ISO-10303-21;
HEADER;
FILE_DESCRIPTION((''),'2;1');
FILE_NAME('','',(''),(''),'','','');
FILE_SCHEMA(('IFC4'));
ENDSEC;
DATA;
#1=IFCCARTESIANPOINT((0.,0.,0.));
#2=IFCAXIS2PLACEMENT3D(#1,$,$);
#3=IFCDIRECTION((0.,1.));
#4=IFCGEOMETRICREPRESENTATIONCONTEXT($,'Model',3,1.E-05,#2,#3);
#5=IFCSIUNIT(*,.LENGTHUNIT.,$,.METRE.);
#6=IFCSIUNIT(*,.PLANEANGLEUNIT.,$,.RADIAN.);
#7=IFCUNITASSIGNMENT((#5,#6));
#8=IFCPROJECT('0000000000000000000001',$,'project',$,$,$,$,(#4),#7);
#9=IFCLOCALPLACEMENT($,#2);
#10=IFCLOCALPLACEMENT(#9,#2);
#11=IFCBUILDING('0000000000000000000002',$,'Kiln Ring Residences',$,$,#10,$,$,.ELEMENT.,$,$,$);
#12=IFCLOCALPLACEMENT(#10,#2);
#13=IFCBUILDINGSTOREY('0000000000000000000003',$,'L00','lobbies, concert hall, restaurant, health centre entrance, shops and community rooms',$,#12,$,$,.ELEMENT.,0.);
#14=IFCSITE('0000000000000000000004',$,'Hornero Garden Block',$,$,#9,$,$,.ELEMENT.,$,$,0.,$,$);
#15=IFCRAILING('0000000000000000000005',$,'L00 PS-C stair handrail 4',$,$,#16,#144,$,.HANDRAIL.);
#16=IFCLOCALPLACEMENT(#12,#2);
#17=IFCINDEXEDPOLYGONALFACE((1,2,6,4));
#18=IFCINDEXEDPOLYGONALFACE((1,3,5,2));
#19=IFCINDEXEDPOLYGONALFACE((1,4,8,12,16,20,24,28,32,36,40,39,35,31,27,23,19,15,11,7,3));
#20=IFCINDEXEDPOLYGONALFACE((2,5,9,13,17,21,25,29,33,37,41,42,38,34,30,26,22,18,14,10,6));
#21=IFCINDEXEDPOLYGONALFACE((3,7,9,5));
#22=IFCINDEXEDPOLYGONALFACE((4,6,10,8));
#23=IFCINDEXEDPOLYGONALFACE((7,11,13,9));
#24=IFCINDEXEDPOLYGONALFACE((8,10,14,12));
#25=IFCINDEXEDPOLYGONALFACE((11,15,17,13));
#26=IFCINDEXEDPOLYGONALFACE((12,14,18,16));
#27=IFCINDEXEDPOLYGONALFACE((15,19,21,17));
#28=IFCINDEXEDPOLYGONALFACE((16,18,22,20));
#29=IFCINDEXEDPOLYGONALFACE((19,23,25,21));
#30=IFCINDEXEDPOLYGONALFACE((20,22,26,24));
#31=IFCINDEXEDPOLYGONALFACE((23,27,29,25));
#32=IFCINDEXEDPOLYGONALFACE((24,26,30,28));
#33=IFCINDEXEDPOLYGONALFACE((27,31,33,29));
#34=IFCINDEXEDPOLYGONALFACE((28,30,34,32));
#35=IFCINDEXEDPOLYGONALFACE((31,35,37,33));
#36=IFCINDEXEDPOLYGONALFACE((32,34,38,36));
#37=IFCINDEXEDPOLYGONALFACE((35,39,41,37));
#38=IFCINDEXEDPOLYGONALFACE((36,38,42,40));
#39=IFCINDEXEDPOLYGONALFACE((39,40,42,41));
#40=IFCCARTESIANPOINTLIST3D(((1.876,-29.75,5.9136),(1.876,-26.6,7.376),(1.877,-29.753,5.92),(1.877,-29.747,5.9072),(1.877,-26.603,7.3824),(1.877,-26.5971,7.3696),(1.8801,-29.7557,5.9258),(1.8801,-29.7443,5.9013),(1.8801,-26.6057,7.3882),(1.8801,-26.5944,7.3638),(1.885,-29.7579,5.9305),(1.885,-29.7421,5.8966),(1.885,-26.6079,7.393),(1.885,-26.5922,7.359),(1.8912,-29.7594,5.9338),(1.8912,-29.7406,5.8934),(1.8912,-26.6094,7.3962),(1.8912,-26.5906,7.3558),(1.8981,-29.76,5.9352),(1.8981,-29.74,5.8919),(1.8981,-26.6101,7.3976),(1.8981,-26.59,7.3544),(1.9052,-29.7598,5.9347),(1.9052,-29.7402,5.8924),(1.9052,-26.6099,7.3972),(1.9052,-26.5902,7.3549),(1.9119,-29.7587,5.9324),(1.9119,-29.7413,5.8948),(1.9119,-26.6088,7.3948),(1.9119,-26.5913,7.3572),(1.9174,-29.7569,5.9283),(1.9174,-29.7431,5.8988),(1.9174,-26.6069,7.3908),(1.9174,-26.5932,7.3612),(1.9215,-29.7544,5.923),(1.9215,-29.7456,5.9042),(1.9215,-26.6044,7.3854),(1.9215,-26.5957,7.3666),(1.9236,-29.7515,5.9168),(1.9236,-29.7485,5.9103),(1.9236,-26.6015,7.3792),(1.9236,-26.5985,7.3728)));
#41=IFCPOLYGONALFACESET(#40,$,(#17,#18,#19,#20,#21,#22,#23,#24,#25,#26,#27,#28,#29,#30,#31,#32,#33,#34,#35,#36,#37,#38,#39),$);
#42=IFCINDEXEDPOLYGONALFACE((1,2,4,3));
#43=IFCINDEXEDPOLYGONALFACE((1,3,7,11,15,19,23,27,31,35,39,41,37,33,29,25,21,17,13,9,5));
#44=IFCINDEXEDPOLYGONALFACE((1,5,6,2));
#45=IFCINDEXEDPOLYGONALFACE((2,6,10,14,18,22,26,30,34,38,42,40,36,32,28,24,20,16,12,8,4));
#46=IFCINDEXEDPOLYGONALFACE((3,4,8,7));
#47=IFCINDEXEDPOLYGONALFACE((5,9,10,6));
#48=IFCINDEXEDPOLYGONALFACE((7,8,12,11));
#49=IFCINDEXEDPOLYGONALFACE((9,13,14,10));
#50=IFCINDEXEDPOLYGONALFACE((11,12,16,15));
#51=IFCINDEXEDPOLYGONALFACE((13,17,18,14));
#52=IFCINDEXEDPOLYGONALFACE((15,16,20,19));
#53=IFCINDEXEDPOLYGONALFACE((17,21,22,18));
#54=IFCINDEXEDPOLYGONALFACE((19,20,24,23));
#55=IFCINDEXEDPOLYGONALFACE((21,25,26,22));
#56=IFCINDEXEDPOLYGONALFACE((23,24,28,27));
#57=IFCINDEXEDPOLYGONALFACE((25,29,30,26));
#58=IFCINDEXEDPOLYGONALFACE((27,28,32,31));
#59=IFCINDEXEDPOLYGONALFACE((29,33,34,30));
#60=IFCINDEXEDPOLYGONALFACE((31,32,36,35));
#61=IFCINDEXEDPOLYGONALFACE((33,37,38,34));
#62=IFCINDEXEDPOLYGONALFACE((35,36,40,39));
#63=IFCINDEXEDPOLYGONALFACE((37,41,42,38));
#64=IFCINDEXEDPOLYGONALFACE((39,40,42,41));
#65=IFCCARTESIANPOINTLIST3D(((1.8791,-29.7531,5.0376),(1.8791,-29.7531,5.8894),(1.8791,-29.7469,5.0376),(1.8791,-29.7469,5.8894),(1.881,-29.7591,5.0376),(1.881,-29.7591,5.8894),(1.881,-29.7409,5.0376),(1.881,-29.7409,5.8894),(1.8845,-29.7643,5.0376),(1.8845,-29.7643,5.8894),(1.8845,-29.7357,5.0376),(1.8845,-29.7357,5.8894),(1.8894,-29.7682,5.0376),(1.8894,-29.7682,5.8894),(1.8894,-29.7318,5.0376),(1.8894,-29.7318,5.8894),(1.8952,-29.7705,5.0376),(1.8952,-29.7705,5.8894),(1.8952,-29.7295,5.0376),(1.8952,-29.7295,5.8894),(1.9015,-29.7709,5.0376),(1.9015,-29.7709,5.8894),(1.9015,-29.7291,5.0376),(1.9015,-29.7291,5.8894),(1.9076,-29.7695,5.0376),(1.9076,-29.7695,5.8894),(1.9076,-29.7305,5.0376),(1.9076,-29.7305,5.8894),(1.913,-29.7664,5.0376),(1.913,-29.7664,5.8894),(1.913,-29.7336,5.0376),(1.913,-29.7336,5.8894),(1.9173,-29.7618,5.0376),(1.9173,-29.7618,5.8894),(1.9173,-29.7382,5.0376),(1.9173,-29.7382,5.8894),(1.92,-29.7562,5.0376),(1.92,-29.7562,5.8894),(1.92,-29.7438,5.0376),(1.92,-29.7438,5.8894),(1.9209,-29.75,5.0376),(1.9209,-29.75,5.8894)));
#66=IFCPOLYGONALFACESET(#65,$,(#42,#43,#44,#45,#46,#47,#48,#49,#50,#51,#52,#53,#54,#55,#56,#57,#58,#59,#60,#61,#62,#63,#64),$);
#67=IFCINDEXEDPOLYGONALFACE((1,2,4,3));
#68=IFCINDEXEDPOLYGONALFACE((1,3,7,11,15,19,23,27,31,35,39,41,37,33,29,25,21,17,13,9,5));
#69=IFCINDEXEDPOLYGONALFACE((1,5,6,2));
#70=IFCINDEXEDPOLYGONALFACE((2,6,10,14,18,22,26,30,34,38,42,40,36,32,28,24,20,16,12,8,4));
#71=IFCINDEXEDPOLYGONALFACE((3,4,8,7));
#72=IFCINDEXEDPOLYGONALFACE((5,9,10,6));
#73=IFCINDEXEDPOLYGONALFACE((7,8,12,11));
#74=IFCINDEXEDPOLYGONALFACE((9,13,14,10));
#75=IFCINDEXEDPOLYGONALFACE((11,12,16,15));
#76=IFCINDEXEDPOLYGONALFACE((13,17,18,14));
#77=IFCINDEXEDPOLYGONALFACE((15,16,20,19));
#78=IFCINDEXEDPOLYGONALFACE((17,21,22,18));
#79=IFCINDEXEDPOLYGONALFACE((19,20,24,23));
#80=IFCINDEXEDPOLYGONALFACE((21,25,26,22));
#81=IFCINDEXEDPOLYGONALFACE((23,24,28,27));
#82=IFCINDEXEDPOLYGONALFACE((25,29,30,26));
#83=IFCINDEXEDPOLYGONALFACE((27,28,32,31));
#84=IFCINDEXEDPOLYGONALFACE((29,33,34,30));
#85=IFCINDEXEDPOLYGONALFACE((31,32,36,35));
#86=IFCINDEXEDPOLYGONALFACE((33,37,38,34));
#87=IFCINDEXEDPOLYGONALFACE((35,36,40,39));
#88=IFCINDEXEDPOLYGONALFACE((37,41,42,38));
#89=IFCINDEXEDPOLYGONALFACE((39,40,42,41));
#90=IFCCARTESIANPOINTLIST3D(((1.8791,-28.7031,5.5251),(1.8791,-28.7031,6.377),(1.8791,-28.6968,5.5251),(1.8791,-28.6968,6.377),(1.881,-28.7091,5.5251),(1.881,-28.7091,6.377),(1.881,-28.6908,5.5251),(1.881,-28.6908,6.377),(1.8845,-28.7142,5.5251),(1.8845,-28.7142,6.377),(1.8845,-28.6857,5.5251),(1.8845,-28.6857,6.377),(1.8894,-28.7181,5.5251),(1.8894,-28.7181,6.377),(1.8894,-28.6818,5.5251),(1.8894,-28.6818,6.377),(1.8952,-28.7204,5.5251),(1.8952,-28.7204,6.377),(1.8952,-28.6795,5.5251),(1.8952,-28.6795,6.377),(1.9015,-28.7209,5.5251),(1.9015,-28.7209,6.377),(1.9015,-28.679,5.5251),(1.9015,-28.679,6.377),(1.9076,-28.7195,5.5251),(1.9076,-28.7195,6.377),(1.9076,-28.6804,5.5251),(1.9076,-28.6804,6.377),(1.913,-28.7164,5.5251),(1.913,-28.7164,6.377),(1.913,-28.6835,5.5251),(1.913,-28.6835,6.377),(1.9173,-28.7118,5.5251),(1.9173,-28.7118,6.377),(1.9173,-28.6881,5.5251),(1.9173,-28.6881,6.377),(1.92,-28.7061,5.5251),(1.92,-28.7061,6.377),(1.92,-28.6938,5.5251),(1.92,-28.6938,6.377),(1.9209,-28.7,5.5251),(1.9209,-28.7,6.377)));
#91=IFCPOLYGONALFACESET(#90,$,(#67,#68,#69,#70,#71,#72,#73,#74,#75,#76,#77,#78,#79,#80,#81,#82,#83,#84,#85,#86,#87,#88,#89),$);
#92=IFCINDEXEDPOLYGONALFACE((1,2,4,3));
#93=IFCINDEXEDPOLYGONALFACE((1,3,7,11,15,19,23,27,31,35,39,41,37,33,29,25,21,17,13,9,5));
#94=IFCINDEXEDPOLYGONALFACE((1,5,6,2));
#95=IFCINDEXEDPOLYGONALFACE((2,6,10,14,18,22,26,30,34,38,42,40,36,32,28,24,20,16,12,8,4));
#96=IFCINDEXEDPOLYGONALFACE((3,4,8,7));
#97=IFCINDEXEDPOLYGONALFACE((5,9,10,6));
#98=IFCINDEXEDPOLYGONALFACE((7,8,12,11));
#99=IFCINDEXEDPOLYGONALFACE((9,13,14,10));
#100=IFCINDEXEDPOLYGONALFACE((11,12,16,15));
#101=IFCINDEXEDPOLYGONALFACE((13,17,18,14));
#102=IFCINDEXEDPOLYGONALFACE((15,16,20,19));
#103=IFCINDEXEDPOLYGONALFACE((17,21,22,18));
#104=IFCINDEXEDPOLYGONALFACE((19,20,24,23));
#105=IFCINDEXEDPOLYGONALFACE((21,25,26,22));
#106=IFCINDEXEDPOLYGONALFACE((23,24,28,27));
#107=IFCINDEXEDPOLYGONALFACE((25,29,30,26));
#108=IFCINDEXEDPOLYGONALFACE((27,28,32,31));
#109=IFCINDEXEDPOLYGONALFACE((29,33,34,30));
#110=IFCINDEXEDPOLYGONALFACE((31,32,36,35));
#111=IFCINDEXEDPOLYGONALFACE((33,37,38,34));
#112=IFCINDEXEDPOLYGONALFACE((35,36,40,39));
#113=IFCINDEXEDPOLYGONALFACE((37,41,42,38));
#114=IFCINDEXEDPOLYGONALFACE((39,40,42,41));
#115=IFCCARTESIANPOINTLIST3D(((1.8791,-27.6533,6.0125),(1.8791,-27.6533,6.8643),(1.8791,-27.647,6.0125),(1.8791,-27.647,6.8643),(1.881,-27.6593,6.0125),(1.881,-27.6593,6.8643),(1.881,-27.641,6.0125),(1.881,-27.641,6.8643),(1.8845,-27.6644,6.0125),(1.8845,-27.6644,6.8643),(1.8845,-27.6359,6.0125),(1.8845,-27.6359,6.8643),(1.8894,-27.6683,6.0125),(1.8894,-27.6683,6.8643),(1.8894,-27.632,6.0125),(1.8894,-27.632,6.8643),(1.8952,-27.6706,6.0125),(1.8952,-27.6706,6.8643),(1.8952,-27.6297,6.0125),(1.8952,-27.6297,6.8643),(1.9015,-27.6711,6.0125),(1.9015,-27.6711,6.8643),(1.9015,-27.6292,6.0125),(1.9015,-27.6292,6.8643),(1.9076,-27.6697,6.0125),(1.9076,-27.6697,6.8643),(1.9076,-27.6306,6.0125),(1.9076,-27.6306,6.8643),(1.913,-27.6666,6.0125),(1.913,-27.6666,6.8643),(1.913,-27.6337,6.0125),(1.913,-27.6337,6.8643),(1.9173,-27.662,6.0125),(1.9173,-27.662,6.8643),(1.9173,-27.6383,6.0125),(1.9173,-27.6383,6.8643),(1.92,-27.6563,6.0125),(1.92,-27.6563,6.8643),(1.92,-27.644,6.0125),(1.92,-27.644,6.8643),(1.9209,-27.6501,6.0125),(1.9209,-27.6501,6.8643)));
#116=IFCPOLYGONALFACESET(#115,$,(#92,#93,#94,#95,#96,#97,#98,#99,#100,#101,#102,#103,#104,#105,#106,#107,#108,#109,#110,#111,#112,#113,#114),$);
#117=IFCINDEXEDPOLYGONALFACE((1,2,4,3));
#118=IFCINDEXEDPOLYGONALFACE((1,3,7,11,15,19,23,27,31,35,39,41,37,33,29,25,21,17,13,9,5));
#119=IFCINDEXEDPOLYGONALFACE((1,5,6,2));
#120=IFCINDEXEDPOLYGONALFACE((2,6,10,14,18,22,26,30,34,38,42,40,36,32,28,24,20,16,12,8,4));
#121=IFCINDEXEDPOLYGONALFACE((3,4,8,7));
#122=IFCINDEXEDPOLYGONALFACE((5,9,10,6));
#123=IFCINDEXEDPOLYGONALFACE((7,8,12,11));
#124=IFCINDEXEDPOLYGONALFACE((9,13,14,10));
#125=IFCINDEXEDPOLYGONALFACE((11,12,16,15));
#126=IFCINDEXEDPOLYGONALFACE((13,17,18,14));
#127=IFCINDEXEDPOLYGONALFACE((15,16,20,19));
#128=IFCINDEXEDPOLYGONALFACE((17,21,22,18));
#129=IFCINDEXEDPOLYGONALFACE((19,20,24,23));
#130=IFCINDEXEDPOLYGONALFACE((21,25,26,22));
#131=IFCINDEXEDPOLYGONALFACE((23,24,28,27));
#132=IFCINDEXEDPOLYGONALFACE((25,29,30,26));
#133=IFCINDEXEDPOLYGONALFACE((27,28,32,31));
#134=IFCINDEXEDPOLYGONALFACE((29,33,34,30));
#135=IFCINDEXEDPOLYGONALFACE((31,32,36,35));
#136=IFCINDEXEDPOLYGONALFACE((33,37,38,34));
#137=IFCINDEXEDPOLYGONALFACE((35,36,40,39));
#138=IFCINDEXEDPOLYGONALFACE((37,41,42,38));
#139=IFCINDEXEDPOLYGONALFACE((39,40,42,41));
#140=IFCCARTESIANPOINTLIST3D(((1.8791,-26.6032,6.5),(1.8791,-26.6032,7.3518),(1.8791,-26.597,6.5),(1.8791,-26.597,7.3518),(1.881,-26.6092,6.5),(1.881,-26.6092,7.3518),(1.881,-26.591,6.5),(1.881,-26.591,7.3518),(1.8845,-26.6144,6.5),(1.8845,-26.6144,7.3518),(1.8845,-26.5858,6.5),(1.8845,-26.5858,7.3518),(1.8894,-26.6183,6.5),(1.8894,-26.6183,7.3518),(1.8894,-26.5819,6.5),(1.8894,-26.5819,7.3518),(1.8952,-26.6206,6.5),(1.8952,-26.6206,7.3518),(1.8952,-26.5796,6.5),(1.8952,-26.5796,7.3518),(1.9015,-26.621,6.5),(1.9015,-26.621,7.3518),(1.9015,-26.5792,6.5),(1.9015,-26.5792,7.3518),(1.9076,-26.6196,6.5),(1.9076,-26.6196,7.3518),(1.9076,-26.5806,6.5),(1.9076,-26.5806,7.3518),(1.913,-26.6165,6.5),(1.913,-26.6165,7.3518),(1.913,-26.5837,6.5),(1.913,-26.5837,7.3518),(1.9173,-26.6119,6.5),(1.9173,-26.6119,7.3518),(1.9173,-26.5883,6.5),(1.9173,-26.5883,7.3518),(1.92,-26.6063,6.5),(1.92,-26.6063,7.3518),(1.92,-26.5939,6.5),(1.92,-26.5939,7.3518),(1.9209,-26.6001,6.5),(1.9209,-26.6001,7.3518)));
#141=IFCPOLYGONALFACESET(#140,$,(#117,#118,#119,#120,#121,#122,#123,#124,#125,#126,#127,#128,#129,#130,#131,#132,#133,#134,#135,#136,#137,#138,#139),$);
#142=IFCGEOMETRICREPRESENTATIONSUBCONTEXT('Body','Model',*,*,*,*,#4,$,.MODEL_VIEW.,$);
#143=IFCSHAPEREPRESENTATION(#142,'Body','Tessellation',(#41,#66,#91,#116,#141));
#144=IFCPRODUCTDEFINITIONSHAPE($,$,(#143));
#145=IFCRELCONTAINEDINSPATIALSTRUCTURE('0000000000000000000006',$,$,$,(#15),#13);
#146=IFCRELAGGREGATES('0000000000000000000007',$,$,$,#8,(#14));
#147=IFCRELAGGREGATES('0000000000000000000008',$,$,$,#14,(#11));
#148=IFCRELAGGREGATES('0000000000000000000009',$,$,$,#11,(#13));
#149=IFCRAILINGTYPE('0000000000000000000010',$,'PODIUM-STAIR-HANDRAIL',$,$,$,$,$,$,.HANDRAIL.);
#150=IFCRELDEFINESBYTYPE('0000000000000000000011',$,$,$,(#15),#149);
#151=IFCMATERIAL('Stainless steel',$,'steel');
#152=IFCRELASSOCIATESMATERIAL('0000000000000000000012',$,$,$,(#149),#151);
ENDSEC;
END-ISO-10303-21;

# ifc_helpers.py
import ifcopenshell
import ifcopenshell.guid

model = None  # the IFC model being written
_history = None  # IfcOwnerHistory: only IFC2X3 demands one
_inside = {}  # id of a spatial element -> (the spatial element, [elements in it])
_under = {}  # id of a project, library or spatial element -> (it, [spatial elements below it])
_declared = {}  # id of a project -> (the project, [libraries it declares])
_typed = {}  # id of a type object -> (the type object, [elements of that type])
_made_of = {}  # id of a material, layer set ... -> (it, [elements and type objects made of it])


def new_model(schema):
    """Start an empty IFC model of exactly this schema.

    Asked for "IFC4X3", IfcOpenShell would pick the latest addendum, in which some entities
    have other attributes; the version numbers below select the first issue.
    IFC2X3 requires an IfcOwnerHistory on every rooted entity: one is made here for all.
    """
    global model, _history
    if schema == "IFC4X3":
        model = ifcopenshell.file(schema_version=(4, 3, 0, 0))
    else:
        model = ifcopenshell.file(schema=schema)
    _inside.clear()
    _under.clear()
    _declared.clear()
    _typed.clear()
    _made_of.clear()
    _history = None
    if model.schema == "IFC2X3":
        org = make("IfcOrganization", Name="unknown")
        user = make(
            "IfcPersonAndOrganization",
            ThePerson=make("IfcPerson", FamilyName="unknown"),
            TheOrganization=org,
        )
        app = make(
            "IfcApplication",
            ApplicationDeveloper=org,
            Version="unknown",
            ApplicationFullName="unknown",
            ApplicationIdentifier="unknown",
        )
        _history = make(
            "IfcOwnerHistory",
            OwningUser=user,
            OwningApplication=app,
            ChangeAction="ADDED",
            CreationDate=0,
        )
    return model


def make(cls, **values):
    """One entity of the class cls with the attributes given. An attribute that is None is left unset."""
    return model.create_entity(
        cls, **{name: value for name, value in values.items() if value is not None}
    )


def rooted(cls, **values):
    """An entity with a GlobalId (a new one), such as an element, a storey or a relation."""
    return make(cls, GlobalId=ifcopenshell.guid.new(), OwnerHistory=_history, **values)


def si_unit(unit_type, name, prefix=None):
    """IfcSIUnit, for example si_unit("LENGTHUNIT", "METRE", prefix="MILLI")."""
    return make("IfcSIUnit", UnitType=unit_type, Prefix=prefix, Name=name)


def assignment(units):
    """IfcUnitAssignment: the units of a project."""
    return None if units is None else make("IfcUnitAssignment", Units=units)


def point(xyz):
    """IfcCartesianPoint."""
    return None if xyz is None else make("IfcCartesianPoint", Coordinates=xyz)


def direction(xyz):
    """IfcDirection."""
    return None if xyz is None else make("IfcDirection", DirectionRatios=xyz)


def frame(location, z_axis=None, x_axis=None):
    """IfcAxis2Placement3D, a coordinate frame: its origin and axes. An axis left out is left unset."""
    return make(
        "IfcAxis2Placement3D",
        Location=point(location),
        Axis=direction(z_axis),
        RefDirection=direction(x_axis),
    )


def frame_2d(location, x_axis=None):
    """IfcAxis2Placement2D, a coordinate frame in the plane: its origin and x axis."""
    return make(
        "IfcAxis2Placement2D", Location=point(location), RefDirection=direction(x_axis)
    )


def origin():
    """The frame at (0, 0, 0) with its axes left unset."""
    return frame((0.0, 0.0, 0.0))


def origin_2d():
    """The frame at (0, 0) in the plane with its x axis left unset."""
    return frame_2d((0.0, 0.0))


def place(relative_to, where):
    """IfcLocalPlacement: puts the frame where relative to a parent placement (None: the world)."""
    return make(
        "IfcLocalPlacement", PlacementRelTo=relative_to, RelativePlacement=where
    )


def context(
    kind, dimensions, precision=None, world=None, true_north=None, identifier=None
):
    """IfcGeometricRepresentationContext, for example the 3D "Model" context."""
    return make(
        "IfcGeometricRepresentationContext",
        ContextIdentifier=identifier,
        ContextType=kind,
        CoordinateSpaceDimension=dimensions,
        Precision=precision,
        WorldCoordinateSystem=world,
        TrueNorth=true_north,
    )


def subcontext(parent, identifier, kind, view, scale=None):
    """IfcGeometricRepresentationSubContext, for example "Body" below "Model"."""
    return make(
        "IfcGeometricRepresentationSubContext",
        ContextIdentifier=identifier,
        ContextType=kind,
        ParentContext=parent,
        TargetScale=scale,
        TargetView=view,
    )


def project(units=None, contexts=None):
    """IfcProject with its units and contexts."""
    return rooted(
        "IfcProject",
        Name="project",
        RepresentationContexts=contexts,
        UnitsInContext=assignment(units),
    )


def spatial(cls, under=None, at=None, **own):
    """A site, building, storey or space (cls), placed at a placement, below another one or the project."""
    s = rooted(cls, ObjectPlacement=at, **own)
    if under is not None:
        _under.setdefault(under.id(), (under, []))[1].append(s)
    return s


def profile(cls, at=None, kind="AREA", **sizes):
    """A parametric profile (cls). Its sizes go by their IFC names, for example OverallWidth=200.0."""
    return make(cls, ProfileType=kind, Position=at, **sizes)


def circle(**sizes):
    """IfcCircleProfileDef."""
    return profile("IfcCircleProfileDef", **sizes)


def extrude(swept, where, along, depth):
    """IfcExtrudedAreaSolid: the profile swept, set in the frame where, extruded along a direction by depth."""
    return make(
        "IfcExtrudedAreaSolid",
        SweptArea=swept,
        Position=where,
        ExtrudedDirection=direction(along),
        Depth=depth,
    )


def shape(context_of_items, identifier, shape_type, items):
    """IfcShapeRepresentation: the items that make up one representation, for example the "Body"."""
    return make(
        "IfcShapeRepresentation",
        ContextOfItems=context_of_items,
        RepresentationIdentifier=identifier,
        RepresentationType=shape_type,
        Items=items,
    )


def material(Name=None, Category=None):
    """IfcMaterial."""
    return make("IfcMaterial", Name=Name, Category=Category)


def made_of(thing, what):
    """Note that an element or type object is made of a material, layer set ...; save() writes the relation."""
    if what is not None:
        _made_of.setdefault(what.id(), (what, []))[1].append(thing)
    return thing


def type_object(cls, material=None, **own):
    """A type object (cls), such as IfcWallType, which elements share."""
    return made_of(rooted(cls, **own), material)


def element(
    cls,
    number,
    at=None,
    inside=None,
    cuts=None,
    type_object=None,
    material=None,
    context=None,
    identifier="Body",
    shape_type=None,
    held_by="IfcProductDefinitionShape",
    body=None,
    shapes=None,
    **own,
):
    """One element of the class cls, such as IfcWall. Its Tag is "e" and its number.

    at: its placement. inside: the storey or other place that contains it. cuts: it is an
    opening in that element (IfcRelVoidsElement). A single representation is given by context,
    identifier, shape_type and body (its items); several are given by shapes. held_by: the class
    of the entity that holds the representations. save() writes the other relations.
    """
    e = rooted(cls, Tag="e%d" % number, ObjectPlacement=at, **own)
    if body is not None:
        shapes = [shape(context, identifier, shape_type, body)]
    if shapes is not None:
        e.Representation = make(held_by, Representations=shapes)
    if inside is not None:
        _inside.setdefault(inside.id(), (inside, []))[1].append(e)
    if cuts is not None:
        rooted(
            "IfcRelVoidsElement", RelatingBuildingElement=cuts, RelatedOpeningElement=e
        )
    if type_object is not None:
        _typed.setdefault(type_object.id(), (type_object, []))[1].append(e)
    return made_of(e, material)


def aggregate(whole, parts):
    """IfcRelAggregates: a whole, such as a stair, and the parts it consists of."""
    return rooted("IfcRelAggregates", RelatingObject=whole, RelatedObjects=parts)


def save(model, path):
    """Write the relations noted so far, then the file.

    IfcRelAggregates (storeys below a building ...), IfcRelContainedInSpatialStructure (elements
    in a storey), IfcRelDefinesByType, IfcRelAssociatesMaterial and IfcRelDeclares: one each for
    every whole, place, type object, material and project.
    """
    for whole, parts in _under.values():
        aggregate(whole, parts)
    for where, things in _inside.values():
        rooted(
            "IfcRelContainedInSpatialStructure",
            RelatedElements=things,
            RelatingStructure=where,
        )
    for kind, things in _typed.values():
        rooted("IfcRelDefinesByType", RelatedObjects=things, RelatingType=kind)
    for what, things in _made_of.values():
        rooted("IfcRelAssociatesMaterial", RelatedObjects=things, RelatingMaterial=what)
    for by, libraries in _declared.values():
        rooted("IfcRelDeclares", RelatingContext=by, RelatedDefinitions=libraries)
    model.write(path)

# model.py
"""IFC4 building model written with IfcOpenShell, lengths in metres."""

from ifc_helpers import new_model, si_unit, direction, frame, origin, origin_2d, place, context, subcontext, project, spatial, circle, extrude, material, type_object, element, save


model = new_model("IFC4")

# Units and contexts
model_context = context("Model", 3, precision=1e-05, world=origin(), true_north=direction((0.0, 1.0)))
body_context = subcontext(model_context, "Body", "Model", "MODEL_VIEW")
ifc_project = project(units=[si_unit("LENGTHUNIT", "METRE"), si_unit("PLANEANGLEUNIT", "RADIAN")], contexts=[model_context])

# Site, building, storey
site_placement = place(None, origin())
site = spatial("IfcSite", under=ifc_project, at=site_placement, Name="Hornero Garden Block", CompositionType="ELEMENT", RefElevation=0.0)
building_placement = place(site_placement, origin())
building = spatial("IfcBuilding", under=site, at=building_placement, Name="Kiln Ring Residences", CompositionType="ELEMENT")
storey_placement = place(building_placement, origin())
storey = spatial("IfcBuildingStorey", under=building, at=storey_placement, Name="L00", Description="lobbies, concert hall, restaurant, health centre entrance, shops and community rooms", CompositionType="ELEMENT", Elevation=0.0)

# Railing
ifc_material_1 = material(Name="Stainless steel", Category="steel")
railing_type_1 = type_object("IfcRailingType", Name="PODIUM-STAIR-HANDRAIL", PredefinedType="HANDRAIL", material=ifc_material_1)
for number, where, name in (
    (1, (1.8999, -29.75, 5.0376), "L00 PS-C stair handrail 4"),
):
    element("IfcRailing", number, at=place(storey_placement, frame(where)), inside=storey, type_object=railing_type_1, Name=name, PredefinedType="HANDRAIL", context=body_context, shape_type="SweptSolid", body=[
        extrude(circle(Radius=0.0239, at=origin_2d()), frame((0.0, 0.0, 0.876), z_axis=(0.0, 0.907015, 0.421099), x_axis=(-1.0, 0.0, 0.0)), (0.0, 0.0, 1.0), 3.4729),
        extrude(circle(Radius=0.021, at=origin_2d()), origin(), (0.0, 0.0, 1.0), 0.8518),
        extrude(circle(Radius=0.021, at=origin_2d()), frame((0.0, 1.05, 0.4875)), (0.0, 0.0, 1.0), 0.8518),
        extrude(circle(Radius=0.021, at=origin_2d()), frame((0.0, 2.0999, 0.9749)), (0.0, 0.0, 1.0), 0.8518),
        extrude(circle(Radius=0.021, at=origin_2d()), frame((0.0, 3.1499, 1.4624)), (0.0, 0.0, 1.0), 0.8518),
    ])

save(model, "model.ifc")
